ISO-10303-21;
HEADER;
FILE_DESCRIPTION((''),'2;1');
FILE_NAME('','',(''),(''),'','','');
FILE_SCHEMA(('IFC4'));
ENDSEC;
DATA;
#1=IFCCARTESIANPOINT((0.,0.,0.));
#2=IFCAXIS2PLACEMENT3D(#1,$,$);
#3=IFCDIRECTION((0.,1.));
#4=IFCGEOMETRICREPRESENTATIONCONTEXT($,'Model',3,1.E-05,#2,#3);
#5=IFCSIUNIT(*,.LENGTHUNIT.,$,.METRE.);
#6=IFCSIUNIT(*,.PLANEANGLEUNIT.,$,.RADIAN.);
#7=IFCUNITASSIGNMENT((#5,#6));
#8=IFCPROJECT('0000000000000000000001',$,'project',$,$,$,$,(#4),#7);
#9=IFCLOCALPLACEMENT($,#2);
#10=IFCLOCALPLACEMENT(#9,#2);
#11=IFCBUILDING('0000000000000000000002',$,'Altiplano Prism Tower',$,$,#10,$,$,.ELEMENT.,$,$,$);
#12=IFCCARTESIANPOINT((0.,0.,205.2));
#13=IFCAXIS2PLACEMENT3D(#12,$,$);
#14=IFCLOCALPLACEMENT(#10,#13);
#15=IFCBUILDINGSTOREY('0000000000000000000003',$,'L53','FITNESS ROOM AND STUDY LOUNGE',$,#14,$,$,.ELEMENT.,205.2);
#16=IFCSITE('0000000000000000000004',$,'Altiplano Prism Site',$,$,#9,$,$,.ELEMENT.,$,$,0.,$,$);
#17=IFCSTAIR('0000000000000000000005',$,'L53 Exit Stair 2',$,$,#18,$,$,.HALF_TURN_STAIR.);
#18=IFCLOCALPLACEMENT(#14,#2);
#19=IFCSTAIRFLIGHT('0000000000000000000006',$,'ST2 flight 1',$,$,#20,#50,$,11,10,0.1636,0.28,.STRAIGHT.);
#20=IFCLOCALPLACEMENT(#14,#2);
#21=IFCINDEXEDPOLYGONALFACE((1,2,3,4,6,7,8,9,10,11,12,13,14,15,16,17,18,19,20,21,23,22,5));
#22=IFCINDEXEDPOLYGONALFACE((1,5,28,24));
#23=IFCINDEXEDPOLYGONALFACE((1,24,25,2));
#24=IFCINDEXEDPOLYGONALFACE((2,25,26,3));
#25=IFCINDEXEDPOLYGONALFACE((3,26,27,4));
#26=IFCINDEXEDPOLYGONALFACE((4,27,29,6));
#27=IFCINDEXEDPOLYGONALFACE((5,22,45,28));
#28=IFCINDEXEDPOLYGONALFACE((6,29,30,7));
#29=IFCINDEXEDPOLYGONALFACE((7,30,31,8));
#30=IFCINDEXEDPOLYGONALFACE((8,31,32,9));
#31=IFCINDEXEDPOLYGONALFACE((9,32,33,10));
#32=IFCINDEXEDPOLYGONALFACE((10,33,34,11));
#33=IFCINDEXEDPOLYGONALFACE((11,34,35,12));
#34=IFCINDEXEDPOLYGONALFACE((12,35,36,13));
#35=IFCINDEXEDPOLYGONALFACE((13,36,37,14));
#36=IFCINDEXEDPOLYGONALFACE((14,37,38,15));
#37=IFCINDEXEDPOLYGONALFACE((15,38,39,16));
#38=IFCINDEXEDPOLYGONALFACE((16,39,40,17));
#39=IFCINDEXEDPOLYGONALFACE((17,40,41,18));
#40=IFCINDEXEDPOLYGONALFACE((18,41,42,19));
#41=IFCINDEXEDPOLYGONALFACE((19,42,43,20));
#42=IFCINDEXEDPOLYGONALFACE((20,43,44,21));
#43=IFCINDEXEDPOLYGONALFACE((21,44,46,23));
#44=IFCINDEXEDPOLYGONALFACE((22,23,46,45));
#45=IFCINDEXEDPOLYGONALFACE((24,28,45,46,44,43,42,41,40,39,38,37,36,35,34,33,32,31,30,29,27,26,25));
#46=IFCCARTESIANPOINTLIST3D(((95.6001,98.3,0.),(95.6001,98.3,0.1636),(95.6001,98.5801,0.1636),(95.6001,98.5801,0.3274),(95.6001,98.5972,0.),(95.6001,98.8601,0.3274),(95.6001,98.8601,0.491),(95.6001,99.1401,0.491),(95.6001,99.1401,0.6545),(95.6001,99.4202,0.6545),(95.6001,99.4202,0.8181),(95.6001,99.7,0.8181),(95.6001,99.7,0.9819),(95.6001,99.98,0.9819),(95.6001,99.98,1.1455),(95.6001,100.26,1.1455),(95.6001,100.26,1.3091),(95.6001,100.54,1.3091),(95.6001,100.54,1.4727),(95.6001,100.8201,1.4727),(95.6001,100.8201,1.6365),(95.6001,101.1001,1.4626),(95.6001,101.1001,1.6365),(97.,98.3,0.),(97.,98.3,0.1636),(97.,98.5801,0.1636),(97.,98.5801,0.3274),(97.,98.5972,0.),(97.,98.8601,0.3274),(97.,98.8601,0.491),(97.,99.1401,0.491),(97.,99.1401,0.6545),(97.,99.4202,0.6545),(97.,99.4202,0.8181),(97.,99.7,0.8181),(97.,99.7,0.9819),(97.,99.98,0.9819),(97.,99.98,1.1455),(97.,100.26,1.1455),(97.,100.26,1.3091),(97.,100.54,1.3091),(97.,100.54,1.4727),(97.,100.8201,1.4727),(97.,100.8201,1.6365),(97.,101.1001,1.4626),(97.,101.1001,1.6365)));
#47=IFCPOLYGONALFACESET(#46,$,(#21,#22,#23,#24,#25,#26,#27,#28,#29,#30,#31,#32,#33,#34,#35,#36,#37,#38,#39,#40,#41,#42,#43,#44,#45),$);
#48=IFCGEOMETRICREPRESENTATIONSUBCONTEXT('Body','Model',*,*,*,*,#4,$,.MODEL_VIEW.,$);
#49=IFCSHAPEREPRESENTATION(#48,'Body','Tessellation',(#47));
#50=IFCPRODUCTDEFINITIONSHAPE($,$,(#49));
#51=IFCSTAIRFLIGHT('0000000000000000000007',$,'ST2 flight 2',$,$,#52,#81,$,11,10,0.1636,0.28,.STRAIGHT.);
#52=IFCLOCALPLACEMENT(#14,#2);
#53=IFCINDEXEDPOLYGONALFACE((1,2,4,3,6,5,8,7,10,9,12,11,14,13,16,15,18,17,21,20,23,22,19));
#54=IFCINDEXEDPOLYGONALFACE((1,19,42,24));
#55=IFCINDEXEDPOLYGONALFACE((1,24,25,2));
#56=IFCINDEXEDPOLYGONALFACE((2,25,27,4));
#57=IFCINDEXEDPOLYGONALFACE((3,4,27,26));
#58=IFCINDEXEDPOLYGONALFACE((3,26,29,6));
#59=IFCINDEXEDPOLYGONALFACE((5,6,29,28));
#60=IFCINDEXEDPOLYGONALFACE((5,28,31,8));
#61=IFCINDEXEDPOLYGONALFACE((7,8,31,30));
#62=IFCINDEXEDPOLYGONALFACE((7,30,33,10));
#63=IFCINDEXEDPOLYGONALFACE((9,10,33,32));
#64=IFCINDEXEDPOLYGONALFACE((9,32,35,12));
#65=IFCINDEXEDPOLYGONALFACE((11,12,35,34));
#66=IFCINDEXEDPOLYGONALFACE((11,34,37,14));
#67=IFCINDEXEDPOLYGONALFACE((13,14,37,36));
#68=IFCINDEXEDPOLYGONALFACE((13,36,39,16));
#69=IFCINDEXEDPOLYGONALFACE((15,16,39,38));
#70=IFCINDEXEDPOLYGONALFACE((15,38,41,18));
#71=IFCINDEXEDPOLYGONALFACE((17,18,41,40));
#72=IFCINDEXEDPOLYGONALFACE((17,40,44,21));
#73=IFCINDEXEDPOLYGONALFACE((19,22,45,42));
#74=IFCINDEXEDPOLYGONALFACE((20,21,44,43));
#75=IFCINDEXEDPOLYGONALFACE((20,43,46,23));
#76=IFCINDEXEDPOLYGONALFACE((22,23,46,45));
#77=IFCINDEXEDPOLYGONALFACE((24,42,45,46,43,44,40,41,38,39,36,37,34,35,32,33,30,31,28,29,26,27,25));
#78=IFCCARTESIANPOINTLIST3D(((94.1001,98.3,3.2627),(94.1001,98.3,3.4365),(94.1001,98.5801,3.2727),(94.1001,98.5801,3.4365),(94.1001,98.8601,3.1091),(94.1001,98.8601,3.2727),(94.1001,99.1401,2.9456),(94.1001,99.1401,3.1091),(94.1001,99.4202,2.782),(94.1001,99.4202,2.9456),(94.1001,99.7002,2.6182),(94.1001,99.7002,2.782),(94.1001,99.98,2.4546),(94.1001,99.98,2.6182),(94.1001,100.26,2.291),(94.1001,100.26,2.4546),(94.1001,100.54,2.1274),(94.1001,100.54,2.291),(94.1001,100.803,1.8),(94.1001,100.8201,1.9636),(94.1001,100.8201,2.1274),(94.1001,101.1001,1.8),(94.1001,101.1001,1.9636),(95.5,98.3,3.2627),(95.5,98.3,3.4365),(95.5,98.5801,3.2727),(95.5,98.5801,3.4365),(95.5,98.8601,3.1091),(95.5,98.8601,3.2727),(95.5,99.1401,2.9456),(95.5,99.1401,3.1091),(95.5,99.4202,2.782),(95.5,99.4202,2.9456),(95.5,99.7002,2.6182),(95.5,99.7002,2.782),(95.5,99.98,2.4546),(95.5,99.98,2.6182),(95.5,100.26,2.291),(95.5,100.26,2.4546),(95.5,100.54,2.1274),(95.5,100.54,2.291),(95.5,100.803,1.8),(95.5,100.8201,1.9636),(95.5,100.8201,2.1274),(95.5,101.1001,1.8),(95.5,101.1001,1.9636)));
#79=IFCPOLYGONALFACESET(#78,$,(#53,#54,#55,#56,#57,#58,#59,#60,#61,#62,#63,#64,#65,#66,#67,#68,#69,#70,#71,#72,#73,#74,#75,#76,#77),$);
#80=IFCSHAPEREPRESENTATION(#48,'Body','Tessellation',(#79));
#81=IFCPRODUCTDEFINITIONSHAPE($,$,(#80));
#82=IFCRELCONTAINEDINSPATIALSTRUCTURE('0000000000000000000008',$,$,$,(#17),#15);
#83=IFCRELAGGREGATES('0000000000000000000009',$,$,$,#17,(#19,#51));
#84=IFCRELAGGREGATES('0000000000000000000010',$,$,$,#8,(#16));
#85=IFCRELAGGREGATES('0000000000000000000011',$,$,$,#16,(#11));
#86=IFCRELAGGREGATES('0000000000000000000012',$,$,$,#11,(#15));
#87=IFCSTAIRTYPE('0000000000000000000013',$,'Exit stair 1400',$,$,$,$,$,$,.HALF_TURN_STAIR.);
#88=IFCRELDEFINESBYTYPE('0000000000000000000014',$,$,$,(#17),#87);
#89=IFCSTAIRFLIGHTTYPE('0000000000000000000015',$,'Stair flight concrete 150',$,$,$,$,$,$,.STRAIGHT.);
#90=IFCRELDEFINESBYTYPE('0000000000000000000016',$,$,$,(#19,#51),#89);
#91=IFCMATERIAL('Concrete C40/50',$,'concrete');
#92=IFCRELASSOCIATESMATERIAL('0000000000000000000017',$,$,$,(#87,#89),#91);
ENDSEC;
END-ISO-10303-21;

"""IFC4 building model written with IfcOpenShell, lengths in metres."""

from ifc_helpers import new_model, si_unit, direction, frame, origin, place, context, subcontext, project, spatial, polyline, outline, extrude, material, type_object, element, aggregate, save


model = new_model("IFC4")

# Units and contexts
model_context = context("Model", 3, precision=1e-05, world=origin(), true_north=direction((0.0, 1.0)))
body_context = subcontext(model_context, "Body", "Model", "MODEL_VIEW")
ifc_project = project(units=[si_unit("LENGTHUNIT", "METRE"), si_unit("PLANEANGLEUNIT", "RADIAN")], contexts=[model_context])

# Site, building, storey
site_placement = place(None, origin())
site = spatial("IfcSite", under=ifc_project, at=site_placement, Name="Altiplano Prism Site", CompositionType="ELEMENT", RefElevation=0.0)
building_placement = place(site_placement, origin())
building = spatial("IfcBuilding", under=site, at=building_placement, Name="Altiplano Prism Tower", CompositionType="ELEMENT")
storey_placement = place(building_placement, frame((0.0, 0.0, 205.2)))
storey = spatial("IfcBuildingStorey", under=building, at=storey_placement, Name="L53", Description="FITNESS ROOM AND STUDY LOUNGE", CompositionType="ELEMENT", Elevation=205.2)

# Stair, stair flights
ifc_material_1 = material(Name="Concrete C40/50", Category="concrete")
stair_type = type_object("IfcStairType", Name="Exit stair 1400", PredefinedType="HALF_TURN_STAIR", material=ifc_material_1)
stair_placement = place(storey_placement, origin())
stair = element("IfcStair", 1, at=stair_placement, inside=storey, type_object=stair_type, Name="L53 Exit Stair 2", PredefinedType="HALF_TURN_STAIR")
stair_flight_type = type_object("IfcStairFlightType", Name="Stair flight concrete 150", PredefinedType="STRAIGHT", material=ifc_material_1)
stair_flight_1_placement = place(storey_placement, frame((96.3, 98.3, 0.0), z_axis=(0.0, 0.0, 1.0), x_axis=(0.0, 1.0, 0.0)))
stair_flight_1 = element("IfcStairFlight", 2, at=stair_flight_1_placement, type_object=stair_flight_type, Name="ST2 flight 1", NumberOfRisers=11, NumberOfTreads=10, PredefinedType="STRAIGHT", RiserHeight=0.1636, TreadLength=0.28, context=body_context, shape_type="SweptSolid", body=[
    extrude(outline(polyline([(0.0, 0.0), (0.0, 0.1636), (0.28, 0.1636), (0.28, 0.3274), (0.5601, 0.3274), (0.5601, 0.491), (0.8401, 0.491), (0.8401, 0.6545), (1.1201, 0.6545), (1.1201, 0.8181), (1.3999, 0.8181), (1.3999, 0.9819), (1.6799, 0.9819), (1.6799, 1.1455), (1.96, 1.1455), (1.96, 1.3091), (2.24, 1.3091), (2.24, 1.4727), (2.52, 1.4727), (2.52, 1.6365), (2.8, 1.6365), (2.8, 1.8), (2.8, 1.4626), (0.2971, 0.0), (0.0, 0.0)])), frame((0.0, 0.7, 0.0), z_axis=(0.0, -1.0, 0.0), x_axis=(1.0, 0.0, 0.0)), (0.0, 0.0, 1.0), 1.3999),
])
stair_flight_2_placement = place(storey_placement, frame((94.8, 101.1001, 1.8), z_axis=(0.0, 0.0, 1.0), x_axis=(0.0, -1.0, 0.0)))
stair_flight_2 = element("IfcStairFlight", 3, at=stair_flight_2_placement, type_object=stair_flight_type, Name="ST2 flight 2", NumberOfRisers=11, NumberOfTreads=10, PredefinedType="STRAIGHT", RiserHeight=0.1636, TreadLength=0.28, context=body_context, shape_type="SweptSolid", body=[
    extrude(outline(polyline([(0.0, 0.0), (0.0, 0.1636), (0.28, 0.1636), (0.28, 0.3274), (0.5601, 0.3274), (0.5601, 0.491), (0.8401, 0.491), (0.8401, 0.6545), (1.1201, 0.6545), (1.1201, 0.8181), (1.3999, 0.8181), (1.3999, 0.9819), (1.6799, 0.9819), (1.6799, 1.1455), (1.96, 1.1455), (1.96, 1.3091), (2.24, 1.3091), (2.24, 1.4727), (2.52, 1.4727), (2.52, 1.6365), (2.8, 1.6365), (2.8, 1.8), (2.8, 1.4626), (0.2971, 0.0), (0.0, 0.0)])), frame((0.0, 0.7, 0.0), z_axis=(0.0, -1.0, 0.0), x_axis=(1.0, 0.0, 0.0)), (0.0, 0.0, 1.0), 1.3999),
])
aggregate(stair, [stair_flight_1, stair_flight_2])

save(model, "model.ifc")
